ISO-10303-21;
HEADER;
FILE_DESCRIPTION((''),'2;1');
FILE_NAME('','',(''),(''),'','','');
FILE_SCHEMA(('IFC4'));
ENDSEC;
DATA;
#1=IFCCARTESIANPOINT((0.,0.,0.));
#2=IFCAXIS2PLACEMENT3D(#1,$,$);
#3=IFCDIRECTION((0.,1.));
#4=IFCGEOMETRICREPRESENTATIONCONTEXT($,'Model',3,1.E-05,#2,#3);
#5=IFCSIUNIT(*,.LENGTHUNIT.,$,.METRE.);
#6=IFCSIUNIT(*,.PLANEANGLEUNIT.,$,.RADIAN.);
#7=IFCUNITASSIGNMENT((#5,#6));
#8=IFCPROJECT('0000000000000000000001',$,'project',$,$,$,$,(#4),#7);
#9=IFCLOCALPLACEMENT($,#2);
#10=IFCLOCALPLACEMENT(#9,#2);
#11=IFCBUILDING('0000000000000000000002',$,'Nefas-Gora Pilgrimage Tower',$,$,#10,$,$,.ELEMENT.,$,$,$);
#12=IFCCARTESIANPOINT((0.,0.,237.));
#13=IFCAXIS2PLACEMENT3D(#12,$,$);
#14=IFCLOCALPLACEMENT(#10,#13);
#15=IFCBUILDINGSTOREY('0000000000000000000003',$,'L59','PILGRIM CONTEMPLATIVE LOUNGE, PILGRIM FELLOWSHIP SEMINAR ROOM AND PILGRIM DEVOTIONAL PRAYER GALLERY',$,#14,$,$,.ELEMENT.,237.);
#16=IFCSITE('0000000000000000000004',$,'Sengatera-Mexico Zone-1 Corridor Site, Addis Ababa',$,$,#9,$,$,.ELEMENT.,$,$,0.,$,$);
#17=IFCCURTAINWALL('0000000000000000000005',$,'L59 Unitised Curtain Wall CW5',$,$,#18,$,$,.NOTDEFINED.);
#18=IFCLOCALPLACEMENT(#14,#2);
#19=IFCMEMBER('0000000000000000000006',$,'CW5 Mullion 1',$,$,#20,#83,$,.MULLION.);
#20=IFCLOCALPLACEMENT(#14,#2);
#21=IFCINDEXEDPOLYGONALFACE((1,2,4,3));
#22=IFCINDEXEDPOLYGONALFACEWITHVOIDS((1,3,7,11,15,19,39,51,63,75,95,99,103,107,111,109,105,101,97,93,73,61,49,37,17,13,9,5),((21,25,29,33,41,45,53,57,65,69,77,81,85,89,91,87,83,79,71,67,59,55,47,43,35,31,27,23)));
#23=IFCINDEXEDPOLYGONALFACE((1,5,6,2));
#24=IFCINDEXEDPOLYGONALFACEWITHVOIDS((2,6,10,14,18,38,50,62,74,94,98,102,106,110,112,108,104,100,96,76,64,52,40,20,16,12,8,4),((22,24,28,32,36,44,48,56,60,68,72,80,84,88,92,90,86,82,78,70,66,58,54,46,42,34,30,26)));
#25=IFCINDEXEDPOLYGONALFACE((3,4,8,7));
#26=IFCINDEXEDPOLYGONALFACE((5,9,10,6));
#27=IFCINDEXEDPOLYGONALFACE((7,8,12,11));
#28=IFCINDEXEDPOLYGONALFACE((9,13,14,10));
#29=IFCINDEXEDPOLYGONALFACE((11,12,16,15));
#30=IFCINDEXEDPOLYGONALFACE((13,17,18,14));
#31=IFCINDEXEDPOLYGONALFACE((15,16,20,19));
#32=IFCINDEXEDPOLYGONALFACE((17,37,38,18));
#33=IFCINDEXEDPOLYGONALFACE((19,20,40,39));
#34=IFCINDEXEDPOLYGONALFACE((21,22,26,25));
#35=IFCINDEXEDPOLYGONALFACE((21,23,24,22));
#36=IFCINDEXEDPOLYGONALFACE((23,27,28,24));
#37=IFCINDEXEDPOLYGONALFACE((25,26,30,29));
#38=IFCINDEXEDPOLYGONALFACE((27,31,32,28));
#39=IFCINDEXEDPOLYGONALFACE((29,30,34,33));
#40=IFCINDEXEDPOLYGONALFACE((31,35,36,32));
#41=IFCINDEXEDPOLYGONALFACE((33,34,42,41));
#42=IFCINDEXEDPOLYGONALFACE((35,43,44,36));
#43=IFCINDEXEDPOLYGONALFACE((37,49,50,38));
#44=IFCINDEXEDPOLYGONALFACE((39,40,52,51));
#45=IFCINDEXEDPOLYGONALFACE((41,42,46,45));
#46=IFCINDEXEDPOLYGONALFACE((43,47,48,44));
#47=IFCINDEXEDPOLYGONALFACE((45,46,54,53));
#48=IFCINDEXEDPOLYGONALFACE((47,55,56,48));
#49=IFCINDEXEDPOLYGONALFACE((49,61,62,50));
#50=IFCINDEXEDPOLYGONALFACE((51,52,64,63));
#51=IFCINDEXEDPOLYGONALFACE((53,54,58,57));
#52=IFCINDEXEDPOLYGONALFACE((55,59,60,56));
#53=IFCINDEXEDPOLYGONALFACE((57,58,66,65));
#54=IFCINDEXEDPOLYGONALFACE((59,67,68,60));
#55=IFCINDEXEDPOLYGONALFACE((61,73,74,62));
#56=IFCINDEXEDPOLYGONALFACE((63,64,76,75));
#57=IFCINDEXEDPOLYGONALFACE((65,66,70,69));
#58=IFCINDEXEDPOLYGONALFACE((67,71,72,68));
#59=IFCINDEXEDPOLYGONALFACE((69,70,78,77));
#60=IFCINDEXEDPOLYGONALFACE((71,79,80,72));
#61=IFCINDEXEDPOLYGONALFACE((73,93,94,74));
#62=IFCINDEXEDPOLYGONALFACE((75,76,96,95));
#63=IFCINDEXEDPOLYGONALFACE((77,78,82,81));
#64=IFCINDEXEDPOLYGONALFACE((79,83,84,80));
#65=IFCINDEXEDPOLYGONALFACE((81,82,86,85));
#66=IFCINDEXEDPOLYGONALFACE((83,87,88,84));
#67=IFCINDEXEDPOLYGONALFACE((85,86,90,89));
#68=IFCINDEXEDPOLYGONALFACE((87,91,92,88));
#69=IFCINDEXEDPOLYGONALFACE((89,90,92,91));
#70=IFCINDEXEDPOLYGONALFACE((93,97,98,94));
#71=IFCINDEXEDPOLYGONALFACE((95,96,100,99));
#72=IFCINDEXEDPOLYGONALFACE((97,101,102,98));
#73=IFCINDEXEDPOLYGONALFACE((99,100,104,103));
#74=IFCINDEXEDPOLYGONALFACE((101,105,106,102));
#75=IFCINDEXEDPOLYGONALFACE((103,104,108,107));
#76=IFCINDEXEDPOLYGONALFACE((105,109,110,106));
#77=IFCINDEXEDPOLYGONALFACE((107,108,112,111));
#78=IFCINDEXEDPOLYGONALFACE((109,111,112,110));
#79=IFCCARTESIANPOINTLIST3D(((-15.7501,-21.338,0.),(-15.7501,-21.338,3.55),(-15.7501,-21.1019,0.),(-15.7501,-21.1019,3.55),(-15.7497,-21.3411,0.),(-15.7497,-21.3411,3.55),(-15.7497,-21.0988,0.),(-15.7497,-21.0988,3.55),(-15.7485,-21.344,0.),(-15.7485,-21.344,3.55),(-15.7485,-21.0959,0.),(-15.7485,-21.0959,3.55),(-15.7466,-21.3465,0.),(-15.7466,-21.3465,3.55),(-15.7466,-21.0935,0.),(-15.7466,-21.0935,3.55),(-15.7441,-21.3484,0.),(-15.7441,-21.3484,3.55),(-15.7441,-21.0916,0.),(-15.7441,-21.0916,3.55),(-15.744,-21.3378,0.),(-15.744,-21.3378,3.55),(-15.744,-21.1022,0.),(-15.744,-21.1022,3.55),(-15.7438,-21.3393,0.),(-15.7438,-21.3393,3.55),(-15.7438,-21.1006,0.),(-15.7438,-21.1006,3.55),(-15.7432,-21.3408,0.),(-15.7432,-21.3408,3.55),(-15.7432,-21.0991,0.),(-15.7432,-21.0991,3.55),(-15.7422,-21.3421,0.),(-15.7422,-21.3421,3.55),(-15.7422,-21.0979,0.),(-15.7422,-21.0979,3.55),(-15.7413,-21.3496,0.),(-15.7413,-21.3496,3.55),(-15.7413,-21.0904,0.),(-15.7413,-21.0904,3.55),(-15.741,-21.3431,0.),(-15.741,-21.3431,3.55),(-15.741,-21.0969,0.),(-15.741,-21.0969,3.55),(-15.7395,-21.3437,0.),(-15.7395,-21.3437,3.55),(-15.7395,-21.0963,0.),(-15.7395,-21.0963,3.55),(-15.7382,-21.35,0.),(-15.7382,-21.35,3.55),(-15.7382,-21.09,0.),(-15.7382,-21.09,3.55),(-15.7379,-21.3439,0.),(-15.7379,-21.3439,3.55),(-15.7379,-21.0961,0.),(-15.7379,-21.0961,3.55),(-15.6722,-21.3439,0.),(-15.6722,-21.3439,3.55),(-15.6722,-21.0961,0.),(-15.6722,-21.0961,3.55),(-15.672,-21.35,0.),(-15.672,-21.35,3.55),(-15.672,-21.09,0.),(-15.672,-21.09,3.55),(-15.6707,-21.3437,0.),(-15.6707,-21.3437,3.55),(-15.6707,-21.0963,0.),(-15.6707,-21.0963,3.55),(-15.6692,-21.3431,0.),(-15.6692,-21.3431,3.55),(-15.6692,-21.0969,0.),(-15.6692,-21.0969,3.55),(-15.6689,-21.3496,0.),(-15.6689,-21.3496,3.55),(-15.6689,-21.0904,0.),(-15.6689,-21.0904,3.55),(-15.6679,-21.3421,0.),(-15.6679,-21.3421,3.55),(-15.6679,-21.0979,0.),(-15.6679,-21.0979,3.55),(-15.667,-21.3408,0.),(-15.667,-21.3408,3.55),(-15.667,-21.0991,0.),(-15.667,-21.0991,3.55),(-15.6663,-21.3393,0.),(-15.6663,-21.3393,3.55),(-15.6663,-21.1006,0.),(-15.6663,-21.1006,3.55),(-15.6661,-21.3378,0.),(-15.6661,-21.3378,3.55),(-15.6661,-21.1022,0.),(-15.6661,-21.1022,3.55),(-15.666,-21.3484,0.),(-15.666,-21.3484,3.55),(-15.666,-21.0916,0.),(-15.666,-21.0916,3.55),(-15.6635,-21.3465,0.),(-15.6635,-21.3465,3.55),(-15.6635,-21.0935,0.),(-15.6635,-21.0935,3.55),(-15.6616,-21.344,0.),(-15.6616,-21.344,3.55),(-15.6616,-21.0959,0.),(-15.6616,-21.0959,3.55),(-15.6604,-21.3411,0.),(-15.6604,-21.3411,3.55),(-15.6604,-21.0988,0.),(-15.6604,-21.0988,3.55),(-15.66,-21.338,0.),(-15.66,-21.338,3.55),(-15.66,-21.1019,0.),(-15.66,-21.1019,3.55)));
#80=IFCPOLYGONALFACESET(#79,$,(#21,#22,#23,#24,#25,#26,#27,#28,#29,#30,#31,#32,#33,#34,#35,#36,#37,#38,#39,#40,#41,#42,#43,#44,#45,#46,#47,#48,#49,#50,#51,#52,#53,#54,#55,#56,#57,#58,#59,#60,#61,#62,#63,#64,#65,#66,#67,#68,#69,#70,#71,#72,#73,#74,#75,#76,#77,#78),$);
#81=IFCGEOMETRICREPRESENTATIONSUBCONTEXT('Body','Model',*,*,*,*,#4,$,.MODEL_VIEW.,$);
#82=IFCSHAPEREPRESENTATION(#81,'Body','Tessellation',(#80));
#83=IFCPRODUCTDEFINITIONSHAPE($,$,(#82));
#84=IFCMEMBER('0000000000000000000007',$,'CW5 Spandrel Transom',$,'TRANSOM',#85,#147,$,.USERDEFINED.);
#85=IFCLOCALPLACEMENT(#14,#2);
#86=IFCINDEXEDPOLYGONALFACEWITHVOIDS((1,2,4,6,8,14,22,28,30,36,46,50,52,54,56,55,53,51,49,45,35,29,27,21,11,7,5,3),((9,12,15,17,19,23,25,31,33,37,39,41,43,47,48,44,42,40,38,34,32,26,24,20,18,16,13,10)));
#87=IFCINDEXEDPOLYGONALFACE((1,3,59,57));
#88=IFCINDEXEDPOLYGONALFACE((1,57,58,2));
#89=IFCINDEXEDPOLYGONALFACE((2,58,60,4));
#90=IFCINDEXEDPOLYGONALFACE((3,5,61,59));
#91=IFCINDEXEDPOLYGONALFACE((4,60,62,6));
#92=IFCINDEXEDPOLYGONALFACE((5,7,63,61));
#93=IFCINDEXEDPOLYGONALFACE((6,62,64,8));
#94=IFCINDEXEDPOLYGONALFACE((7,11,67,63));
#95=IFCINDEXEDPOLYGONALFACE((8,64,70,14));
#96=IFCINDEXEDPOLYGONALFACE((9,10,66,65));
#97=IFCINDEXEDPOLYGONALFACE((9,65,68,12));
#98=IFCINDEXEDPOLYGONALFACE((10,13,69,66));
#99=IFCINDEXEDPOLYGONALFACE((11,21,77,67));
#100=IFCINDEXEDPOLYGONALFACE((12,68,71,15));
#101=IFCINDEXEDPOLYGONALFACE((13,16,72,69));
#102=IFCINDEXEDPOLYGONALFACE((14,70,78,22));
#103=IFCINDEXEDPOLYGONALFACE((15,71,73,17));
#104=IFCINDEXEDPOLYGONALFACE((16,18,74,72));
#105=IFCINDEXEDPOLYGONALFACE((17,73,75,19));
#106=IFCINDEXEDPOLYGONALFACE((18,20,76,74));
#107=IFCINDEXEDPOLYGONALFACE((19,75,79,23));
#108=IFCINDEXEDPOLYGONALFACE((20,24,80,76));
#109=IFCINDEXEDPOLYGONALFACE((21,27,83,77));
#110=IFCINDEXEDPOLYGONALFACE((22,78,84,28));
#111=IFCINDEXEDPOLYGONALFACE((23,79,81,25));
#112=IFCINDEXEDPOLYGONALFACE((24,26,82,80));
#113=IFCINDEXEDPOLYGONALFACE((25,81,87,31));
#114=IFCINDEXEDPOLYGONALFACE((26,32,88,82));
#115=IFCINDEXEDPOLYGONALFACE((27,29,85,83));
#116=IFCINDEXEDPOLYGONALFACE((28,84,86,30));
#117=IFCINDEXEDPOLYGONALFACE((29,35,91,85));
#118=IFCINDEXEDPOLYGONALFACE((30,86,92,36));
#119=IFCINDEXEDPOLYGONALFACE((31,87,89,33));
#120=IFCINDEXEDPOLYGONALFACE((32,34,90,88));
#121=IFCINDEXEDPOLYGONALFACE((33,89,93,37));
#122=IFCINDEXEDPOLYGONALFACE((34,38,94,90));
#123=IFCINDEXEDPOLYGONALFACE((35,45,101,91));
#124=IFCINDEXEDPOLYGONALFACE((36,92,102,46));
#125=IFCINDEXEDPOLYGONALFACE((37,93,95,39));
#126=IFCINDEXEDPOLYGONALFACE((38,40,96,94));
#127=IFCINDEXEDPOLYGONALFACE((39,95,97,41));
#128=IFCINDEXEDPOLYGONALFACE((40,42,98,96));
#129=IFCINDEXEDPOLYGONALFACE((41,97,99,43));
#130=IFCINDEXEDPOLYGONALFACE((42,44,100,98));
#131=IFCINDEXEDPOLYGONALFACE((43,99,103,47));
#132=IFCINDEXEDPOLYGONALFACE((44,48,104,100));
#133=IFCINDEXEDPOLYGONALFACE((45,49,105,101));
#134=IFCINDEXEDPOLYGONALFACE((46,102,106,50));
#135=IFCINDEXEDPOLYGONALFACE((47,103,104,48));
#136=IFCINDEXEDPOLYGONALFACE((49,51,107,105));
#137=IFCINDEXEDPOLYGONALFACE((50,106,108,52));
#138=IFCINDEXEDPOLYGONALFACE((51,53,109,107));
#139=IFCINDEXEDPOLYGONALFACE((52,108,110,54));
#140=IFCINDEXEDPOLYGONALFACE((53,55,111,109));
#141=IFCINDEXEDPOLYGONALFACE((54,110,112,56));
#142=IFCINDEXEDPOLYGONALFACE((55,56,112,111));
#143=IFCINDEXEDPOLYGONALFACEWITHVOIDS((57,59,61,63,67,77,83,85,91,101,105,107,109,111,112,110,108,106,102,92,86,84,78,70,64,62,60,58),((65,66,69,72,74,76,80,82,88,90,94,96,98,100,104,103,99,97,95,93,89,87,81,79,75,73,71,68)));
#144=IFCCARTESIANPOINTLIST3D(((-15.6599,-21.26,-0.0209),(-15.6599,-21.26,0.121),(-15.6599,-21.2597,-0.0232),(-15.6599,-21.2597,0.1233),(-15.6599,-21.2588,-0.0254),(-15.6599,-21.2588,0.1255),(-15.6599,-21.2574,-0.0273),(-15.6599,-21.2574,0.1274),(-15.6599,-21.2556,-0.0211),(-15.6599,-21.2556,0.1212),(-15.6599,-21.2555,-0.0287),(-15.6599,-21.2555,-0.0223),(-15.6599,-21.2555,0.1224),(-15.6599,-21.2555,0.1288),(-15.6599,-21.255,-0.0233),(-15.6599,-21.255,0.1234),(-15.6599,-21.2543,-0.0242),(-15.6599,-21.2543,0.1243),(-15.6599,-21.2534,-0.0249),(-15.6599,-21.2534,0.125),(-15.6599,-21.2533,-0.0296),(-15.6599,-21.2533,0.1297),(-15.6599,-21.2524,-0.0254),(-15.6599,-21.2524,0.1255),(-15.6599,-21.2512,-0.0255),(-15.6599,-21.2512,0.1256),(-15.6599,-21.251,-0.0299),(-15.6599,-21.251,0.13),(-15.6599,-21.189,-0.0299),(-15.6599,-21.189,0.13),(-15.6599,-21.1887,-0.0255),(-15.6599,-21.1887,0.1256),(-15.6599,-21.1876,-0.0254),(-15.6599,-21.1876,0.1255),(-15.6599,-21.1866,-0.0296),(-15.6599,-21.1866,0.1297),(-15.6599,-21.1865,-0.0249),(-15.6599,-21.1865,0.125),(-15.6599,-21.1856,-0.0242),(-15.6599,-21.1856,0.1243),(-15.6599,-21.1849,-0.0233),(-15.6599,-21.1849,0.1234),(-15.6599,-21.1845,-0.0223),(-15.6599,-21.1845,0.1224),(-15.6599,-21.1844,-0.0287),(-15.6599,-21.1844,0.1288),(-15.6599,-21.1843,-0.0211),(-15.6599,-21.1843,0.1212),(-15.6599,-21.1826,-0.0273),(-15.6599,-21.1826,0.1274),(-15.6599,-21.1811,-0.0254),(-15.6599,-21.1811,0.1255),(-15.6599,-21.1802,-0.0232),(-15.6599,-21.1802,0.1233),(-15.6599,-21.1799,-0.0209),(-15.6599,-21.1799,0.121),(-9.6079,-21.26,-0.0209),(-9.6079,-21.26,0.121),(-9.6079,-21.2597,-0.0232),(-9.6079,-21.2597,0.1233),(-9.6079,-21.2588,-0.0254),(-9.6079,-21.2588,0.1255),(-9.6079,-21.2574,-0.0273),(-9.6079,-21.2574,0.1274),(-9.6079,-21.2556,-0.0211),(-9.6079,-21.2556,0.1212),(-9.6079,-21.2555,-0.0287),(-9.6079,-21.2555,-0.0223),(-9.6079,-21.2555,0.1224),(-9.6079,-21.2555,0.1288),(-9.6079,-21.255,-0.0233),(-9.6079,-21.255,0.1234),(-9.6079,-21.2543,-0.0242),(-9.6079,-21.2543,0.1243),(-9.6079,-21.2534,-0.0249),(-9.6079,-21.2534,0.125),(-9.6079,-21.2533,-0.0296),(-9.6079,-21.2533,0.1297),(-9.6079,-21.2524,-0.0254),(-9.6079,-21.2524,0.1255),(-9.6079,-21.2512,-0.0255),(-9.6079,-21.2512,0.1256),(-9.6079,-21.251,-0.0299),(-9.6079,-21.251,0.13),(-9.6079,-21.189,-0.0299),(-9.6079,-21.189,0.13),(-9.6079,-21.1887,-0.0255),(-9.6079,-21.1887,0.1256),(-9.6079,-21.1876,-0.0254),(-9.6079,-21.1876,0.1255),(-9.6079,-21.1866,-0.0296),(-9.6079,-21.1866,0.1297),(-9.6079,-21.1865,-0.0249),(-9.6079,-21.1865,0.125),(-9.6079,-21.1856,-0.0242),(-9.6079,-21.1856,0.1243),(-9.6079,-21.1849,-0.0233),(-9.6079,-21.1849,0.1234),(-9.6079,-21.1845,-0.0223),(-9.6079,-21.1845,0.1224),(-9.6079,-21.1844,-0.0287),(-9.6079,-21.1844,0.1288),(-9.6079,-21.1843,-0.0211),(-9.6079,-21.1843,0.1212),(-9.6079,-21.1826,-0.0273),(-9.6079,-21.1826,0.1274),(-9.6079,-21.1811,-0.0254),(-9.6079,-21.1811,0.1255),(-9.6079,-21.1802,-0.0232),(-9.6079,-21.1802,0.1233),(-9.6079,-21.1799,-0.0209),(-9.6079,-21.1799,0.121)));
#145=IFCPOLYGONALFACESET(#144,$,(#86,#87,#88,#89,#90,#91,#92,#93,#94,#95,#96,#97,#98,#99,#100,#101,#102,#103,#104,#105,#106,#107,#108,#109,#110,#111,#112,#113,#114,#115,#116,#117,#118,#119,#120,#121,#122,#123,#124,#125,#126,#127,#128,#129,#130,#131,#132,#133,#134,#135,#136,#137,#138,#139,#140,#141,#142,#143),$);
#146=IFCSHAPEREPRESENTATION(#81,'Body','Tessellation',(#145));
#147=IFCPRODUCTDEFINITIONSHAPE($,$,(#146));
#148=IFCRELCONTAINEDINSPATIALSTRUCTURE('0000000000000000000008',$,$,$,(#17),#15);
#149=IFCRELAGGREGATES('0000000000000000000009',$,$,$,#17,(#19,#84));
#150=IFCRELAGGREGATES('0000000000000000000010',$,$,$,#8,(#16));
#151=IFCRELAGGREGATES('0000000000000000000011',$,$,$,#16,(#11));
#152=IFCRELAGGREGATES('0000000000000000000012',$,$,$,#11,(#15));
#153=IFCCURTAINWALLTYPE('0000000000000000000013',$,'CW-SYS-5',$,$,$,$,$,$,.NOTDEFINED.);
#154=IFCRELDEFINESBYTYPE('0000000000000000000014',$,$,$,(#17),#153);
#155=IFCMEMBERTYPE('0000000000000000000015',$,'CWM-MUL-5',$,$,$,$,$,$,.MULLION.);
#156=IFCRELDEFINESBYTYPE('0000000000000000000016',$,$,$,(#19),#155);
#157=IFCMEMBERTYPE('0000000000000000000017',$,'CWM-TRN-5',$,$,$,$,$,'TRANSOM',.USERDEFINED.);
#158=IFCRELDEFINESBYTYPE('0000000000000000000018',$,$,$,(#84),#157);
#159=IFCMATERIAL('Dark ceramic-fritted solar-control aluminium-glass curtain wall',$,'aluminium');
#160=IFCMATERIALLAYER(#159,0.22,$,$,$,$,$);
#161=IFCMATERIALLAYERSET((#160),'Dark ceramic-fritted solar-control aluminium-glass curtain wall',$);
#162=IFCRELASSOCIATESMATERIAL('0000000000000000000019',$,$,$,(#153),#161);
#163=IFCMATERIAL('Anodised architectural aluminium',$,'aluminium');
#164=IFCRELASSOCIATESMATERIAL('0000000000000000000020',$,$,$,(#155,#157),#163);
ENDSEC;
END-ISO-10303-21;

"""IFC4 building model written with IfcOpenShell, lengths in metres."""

from ifc_helpers import new_model, si_unit, direction, frame, origin, origin_2d, place, context, subcontext, project, spatial, hollow_rectangle, extrude, source, transform, mapped, material, layer, layer_set, material_profile, profile_set, type_object, element, aggregate, save


model = new_model("IFC4")

# Units and contexts
model_context = context("Model", 3, precision=1e-05, world=origin(), true_north=direction((0.0, 1.0)))
body_context = subcontext(model_context, "Body", "Model", "MODEL_VIEW")
ifc_project = project(units=[si_unit("LENGTHUNIT", "METRE"), si_unit("PLANEANGLEUNIT", "RADIAN")], contexts=[model_context])

# Site, building, storey
site_placement = place(None, origin())
site = spatial("IfcSite", under=ifc_project, at=site_placement, Name="Sengatera-Mexico Zone-1 Corridor Site, Addis Ababa", CompositionType="ELEMENT", RefElevation=0.0)
building_placement = place(site_placement, origin())
building = spatial("IfcBuilding", under=site, at=building_placement, Name="Nefas-Gora Pilgrimage Tower", CompositionType="ELEMENT")
storey_placement = place(building_placement, frame((0.0, 0.0, 237.0)))
storey = spatial("IfcBuildingStorey", under=building, at=storey_placement, Name="L59", Description="PILGRIM CONTEMPLATIVE LOUNGE, PILGRIM FELLOWSHIP SEMINAR ROOM AND PILGRIM DEVOTIONAL PRAYER GALLERY", CompositionType="ELEMENT", Elevation=237.0)

# Curtain wall, members
ifc_material_1 = material(Name="Dark ceramic-fritted solar-control aluminium-glass curtain wall", Category="aluminium")
ifc_layer_1 = layer(ifc_material_1, 0.22)
ifc_layer_set_1 = layer_set([ifc_layer_1], Name="Dark ceramic-fritted solar-control aluminium-glass curtain wall")
curtain_wall_type_1 = type_object("IfcCurtainWallType", Name="CW-SYS-5", PredefinedType="NOTDEFINED", material=ifc_layer_set_1)
curtain_wall_1_placement = place(storey_placement, origin())
curtain_wall_1 = element("IfcCurtainWall", 1, at=curtain_wall_1_placement, inside=storey, type_object=curtain_wall_type_1, Name="L59 Unitised Curtain Wall CW5", PredefinedType="NOTDEFINED")
ifc_material_2 = material(Name="Anodised architectural aluminium", Category="aluminium")
ifc_material_profile_1 = material_profile(ifc_material_2, hollow_rectangle(XDim=0.0901, YDim=0.26, WallThickness=0.0061, InnerFilletRadius=0.0061, OuterFilletRadius=0.012, at=origin_2d()), Name="ALU MULLION 90x260")
ifc_profile_set_1 = profile_set([ifc_material_profile_1], Name="Anodised architectural aluminium")
member_type_1 = type_object("IfcMemberType", Name="CWM-MUL-5", PredefinedType="MULLION", material=ifc_profile_set_1)
shared_shape_1 = source(origin(), body_context, "Body", "SweptSolid", [
    extrude(hollow_rectangle(XDim=0.0901, YDim=0.26, WallThickness=0.0061, InnerFilletRadius=0.0061, OuterFilletRadius=0.012, at=origin_2d()), origin(), (0.0, 0.0, 1.0), 3.55),
])
member_1_placement = place(storey_placement, frame((-15.7051, -21.22, 0.0), z_axis=(0.0, 0.0, 1.0), x_axis=(1.0, 0.0, 0.0)))
member_1 = element("IfcMember", 2, at=member_1_placement, type_object=member_type_1, Name="CW5 Mullion 1", PredefinedType="MULLION", context=body_context, shape_type="MappedRepresentation", body=[
    mapped(shared_shape_1, transform((0.0, 0.0, 0.0), x_axis=(1.0, 0.0, 0.0), y_axis=(0.0, 1.0, 0.0), z_axis=(0.0, 0.0, 1.0), scale=1.0)),
])
ifc_material_profile_2 = material_profile(ifc_material_2, hollow_rectangle(XDim=0.0801, YDim=0.1599, WallThickness=0.0044, InnerFilletRadius=0.0044, OuterFilletRadius=0.009, at=origin_2d()), Name="ALU TRANSOM 80x160")
ifc_profile_set_2 = profile_set([ifc_material_profile_2], Name="Anodised architectural aluminium")
member_type_2 = type_object("IfcMemberType", Name="CWM-TRN-5", ElementType="TRANSOM", PredefinedType="USERDEFINED", material=ifc_profile_set_2)
shared_shape_2 = source(origin(), body_context, "Body", "SweptSolid", [
    extrude(hollow_rectangle(XDim=0.0801, YDim=0.1599, WallThickness=0.0044, InnerFilletRadius=0.0044, OuterFilletRadius=0.009, at=origin_2d()), origin(), (0.0, 0.0, 1.0), 6.052),
])
member_2_placement = place(storey_placement, frame((-15.6599, -21.22, 0.05), z_axis=(1.0, 0.0, 0.0), x_axis=(0.0, 1.0, 0.0)))
member_2 = element("IfcMember", 3, at=member_2_placement, type_object=member_type_2, Name="CW5 Spandrel Transom", ObjectType="TRANSOM", PredefinedType="USERDEFINED", context=body_context, shape_type="MappedRepresentation", body=[
    mapped(shared_shape_2, transform((0.0, 0.0, 0.0), x_axis=(1.0, 0.0, 0.0), y_axis=(0.0, 1.0, 0.0), z_axis=(0.0, 0.0, 1.0), scale=1.0)),
])

aggregate(curtain_wall_1, [member_1, member_2])

save(model, "model.ifc")
